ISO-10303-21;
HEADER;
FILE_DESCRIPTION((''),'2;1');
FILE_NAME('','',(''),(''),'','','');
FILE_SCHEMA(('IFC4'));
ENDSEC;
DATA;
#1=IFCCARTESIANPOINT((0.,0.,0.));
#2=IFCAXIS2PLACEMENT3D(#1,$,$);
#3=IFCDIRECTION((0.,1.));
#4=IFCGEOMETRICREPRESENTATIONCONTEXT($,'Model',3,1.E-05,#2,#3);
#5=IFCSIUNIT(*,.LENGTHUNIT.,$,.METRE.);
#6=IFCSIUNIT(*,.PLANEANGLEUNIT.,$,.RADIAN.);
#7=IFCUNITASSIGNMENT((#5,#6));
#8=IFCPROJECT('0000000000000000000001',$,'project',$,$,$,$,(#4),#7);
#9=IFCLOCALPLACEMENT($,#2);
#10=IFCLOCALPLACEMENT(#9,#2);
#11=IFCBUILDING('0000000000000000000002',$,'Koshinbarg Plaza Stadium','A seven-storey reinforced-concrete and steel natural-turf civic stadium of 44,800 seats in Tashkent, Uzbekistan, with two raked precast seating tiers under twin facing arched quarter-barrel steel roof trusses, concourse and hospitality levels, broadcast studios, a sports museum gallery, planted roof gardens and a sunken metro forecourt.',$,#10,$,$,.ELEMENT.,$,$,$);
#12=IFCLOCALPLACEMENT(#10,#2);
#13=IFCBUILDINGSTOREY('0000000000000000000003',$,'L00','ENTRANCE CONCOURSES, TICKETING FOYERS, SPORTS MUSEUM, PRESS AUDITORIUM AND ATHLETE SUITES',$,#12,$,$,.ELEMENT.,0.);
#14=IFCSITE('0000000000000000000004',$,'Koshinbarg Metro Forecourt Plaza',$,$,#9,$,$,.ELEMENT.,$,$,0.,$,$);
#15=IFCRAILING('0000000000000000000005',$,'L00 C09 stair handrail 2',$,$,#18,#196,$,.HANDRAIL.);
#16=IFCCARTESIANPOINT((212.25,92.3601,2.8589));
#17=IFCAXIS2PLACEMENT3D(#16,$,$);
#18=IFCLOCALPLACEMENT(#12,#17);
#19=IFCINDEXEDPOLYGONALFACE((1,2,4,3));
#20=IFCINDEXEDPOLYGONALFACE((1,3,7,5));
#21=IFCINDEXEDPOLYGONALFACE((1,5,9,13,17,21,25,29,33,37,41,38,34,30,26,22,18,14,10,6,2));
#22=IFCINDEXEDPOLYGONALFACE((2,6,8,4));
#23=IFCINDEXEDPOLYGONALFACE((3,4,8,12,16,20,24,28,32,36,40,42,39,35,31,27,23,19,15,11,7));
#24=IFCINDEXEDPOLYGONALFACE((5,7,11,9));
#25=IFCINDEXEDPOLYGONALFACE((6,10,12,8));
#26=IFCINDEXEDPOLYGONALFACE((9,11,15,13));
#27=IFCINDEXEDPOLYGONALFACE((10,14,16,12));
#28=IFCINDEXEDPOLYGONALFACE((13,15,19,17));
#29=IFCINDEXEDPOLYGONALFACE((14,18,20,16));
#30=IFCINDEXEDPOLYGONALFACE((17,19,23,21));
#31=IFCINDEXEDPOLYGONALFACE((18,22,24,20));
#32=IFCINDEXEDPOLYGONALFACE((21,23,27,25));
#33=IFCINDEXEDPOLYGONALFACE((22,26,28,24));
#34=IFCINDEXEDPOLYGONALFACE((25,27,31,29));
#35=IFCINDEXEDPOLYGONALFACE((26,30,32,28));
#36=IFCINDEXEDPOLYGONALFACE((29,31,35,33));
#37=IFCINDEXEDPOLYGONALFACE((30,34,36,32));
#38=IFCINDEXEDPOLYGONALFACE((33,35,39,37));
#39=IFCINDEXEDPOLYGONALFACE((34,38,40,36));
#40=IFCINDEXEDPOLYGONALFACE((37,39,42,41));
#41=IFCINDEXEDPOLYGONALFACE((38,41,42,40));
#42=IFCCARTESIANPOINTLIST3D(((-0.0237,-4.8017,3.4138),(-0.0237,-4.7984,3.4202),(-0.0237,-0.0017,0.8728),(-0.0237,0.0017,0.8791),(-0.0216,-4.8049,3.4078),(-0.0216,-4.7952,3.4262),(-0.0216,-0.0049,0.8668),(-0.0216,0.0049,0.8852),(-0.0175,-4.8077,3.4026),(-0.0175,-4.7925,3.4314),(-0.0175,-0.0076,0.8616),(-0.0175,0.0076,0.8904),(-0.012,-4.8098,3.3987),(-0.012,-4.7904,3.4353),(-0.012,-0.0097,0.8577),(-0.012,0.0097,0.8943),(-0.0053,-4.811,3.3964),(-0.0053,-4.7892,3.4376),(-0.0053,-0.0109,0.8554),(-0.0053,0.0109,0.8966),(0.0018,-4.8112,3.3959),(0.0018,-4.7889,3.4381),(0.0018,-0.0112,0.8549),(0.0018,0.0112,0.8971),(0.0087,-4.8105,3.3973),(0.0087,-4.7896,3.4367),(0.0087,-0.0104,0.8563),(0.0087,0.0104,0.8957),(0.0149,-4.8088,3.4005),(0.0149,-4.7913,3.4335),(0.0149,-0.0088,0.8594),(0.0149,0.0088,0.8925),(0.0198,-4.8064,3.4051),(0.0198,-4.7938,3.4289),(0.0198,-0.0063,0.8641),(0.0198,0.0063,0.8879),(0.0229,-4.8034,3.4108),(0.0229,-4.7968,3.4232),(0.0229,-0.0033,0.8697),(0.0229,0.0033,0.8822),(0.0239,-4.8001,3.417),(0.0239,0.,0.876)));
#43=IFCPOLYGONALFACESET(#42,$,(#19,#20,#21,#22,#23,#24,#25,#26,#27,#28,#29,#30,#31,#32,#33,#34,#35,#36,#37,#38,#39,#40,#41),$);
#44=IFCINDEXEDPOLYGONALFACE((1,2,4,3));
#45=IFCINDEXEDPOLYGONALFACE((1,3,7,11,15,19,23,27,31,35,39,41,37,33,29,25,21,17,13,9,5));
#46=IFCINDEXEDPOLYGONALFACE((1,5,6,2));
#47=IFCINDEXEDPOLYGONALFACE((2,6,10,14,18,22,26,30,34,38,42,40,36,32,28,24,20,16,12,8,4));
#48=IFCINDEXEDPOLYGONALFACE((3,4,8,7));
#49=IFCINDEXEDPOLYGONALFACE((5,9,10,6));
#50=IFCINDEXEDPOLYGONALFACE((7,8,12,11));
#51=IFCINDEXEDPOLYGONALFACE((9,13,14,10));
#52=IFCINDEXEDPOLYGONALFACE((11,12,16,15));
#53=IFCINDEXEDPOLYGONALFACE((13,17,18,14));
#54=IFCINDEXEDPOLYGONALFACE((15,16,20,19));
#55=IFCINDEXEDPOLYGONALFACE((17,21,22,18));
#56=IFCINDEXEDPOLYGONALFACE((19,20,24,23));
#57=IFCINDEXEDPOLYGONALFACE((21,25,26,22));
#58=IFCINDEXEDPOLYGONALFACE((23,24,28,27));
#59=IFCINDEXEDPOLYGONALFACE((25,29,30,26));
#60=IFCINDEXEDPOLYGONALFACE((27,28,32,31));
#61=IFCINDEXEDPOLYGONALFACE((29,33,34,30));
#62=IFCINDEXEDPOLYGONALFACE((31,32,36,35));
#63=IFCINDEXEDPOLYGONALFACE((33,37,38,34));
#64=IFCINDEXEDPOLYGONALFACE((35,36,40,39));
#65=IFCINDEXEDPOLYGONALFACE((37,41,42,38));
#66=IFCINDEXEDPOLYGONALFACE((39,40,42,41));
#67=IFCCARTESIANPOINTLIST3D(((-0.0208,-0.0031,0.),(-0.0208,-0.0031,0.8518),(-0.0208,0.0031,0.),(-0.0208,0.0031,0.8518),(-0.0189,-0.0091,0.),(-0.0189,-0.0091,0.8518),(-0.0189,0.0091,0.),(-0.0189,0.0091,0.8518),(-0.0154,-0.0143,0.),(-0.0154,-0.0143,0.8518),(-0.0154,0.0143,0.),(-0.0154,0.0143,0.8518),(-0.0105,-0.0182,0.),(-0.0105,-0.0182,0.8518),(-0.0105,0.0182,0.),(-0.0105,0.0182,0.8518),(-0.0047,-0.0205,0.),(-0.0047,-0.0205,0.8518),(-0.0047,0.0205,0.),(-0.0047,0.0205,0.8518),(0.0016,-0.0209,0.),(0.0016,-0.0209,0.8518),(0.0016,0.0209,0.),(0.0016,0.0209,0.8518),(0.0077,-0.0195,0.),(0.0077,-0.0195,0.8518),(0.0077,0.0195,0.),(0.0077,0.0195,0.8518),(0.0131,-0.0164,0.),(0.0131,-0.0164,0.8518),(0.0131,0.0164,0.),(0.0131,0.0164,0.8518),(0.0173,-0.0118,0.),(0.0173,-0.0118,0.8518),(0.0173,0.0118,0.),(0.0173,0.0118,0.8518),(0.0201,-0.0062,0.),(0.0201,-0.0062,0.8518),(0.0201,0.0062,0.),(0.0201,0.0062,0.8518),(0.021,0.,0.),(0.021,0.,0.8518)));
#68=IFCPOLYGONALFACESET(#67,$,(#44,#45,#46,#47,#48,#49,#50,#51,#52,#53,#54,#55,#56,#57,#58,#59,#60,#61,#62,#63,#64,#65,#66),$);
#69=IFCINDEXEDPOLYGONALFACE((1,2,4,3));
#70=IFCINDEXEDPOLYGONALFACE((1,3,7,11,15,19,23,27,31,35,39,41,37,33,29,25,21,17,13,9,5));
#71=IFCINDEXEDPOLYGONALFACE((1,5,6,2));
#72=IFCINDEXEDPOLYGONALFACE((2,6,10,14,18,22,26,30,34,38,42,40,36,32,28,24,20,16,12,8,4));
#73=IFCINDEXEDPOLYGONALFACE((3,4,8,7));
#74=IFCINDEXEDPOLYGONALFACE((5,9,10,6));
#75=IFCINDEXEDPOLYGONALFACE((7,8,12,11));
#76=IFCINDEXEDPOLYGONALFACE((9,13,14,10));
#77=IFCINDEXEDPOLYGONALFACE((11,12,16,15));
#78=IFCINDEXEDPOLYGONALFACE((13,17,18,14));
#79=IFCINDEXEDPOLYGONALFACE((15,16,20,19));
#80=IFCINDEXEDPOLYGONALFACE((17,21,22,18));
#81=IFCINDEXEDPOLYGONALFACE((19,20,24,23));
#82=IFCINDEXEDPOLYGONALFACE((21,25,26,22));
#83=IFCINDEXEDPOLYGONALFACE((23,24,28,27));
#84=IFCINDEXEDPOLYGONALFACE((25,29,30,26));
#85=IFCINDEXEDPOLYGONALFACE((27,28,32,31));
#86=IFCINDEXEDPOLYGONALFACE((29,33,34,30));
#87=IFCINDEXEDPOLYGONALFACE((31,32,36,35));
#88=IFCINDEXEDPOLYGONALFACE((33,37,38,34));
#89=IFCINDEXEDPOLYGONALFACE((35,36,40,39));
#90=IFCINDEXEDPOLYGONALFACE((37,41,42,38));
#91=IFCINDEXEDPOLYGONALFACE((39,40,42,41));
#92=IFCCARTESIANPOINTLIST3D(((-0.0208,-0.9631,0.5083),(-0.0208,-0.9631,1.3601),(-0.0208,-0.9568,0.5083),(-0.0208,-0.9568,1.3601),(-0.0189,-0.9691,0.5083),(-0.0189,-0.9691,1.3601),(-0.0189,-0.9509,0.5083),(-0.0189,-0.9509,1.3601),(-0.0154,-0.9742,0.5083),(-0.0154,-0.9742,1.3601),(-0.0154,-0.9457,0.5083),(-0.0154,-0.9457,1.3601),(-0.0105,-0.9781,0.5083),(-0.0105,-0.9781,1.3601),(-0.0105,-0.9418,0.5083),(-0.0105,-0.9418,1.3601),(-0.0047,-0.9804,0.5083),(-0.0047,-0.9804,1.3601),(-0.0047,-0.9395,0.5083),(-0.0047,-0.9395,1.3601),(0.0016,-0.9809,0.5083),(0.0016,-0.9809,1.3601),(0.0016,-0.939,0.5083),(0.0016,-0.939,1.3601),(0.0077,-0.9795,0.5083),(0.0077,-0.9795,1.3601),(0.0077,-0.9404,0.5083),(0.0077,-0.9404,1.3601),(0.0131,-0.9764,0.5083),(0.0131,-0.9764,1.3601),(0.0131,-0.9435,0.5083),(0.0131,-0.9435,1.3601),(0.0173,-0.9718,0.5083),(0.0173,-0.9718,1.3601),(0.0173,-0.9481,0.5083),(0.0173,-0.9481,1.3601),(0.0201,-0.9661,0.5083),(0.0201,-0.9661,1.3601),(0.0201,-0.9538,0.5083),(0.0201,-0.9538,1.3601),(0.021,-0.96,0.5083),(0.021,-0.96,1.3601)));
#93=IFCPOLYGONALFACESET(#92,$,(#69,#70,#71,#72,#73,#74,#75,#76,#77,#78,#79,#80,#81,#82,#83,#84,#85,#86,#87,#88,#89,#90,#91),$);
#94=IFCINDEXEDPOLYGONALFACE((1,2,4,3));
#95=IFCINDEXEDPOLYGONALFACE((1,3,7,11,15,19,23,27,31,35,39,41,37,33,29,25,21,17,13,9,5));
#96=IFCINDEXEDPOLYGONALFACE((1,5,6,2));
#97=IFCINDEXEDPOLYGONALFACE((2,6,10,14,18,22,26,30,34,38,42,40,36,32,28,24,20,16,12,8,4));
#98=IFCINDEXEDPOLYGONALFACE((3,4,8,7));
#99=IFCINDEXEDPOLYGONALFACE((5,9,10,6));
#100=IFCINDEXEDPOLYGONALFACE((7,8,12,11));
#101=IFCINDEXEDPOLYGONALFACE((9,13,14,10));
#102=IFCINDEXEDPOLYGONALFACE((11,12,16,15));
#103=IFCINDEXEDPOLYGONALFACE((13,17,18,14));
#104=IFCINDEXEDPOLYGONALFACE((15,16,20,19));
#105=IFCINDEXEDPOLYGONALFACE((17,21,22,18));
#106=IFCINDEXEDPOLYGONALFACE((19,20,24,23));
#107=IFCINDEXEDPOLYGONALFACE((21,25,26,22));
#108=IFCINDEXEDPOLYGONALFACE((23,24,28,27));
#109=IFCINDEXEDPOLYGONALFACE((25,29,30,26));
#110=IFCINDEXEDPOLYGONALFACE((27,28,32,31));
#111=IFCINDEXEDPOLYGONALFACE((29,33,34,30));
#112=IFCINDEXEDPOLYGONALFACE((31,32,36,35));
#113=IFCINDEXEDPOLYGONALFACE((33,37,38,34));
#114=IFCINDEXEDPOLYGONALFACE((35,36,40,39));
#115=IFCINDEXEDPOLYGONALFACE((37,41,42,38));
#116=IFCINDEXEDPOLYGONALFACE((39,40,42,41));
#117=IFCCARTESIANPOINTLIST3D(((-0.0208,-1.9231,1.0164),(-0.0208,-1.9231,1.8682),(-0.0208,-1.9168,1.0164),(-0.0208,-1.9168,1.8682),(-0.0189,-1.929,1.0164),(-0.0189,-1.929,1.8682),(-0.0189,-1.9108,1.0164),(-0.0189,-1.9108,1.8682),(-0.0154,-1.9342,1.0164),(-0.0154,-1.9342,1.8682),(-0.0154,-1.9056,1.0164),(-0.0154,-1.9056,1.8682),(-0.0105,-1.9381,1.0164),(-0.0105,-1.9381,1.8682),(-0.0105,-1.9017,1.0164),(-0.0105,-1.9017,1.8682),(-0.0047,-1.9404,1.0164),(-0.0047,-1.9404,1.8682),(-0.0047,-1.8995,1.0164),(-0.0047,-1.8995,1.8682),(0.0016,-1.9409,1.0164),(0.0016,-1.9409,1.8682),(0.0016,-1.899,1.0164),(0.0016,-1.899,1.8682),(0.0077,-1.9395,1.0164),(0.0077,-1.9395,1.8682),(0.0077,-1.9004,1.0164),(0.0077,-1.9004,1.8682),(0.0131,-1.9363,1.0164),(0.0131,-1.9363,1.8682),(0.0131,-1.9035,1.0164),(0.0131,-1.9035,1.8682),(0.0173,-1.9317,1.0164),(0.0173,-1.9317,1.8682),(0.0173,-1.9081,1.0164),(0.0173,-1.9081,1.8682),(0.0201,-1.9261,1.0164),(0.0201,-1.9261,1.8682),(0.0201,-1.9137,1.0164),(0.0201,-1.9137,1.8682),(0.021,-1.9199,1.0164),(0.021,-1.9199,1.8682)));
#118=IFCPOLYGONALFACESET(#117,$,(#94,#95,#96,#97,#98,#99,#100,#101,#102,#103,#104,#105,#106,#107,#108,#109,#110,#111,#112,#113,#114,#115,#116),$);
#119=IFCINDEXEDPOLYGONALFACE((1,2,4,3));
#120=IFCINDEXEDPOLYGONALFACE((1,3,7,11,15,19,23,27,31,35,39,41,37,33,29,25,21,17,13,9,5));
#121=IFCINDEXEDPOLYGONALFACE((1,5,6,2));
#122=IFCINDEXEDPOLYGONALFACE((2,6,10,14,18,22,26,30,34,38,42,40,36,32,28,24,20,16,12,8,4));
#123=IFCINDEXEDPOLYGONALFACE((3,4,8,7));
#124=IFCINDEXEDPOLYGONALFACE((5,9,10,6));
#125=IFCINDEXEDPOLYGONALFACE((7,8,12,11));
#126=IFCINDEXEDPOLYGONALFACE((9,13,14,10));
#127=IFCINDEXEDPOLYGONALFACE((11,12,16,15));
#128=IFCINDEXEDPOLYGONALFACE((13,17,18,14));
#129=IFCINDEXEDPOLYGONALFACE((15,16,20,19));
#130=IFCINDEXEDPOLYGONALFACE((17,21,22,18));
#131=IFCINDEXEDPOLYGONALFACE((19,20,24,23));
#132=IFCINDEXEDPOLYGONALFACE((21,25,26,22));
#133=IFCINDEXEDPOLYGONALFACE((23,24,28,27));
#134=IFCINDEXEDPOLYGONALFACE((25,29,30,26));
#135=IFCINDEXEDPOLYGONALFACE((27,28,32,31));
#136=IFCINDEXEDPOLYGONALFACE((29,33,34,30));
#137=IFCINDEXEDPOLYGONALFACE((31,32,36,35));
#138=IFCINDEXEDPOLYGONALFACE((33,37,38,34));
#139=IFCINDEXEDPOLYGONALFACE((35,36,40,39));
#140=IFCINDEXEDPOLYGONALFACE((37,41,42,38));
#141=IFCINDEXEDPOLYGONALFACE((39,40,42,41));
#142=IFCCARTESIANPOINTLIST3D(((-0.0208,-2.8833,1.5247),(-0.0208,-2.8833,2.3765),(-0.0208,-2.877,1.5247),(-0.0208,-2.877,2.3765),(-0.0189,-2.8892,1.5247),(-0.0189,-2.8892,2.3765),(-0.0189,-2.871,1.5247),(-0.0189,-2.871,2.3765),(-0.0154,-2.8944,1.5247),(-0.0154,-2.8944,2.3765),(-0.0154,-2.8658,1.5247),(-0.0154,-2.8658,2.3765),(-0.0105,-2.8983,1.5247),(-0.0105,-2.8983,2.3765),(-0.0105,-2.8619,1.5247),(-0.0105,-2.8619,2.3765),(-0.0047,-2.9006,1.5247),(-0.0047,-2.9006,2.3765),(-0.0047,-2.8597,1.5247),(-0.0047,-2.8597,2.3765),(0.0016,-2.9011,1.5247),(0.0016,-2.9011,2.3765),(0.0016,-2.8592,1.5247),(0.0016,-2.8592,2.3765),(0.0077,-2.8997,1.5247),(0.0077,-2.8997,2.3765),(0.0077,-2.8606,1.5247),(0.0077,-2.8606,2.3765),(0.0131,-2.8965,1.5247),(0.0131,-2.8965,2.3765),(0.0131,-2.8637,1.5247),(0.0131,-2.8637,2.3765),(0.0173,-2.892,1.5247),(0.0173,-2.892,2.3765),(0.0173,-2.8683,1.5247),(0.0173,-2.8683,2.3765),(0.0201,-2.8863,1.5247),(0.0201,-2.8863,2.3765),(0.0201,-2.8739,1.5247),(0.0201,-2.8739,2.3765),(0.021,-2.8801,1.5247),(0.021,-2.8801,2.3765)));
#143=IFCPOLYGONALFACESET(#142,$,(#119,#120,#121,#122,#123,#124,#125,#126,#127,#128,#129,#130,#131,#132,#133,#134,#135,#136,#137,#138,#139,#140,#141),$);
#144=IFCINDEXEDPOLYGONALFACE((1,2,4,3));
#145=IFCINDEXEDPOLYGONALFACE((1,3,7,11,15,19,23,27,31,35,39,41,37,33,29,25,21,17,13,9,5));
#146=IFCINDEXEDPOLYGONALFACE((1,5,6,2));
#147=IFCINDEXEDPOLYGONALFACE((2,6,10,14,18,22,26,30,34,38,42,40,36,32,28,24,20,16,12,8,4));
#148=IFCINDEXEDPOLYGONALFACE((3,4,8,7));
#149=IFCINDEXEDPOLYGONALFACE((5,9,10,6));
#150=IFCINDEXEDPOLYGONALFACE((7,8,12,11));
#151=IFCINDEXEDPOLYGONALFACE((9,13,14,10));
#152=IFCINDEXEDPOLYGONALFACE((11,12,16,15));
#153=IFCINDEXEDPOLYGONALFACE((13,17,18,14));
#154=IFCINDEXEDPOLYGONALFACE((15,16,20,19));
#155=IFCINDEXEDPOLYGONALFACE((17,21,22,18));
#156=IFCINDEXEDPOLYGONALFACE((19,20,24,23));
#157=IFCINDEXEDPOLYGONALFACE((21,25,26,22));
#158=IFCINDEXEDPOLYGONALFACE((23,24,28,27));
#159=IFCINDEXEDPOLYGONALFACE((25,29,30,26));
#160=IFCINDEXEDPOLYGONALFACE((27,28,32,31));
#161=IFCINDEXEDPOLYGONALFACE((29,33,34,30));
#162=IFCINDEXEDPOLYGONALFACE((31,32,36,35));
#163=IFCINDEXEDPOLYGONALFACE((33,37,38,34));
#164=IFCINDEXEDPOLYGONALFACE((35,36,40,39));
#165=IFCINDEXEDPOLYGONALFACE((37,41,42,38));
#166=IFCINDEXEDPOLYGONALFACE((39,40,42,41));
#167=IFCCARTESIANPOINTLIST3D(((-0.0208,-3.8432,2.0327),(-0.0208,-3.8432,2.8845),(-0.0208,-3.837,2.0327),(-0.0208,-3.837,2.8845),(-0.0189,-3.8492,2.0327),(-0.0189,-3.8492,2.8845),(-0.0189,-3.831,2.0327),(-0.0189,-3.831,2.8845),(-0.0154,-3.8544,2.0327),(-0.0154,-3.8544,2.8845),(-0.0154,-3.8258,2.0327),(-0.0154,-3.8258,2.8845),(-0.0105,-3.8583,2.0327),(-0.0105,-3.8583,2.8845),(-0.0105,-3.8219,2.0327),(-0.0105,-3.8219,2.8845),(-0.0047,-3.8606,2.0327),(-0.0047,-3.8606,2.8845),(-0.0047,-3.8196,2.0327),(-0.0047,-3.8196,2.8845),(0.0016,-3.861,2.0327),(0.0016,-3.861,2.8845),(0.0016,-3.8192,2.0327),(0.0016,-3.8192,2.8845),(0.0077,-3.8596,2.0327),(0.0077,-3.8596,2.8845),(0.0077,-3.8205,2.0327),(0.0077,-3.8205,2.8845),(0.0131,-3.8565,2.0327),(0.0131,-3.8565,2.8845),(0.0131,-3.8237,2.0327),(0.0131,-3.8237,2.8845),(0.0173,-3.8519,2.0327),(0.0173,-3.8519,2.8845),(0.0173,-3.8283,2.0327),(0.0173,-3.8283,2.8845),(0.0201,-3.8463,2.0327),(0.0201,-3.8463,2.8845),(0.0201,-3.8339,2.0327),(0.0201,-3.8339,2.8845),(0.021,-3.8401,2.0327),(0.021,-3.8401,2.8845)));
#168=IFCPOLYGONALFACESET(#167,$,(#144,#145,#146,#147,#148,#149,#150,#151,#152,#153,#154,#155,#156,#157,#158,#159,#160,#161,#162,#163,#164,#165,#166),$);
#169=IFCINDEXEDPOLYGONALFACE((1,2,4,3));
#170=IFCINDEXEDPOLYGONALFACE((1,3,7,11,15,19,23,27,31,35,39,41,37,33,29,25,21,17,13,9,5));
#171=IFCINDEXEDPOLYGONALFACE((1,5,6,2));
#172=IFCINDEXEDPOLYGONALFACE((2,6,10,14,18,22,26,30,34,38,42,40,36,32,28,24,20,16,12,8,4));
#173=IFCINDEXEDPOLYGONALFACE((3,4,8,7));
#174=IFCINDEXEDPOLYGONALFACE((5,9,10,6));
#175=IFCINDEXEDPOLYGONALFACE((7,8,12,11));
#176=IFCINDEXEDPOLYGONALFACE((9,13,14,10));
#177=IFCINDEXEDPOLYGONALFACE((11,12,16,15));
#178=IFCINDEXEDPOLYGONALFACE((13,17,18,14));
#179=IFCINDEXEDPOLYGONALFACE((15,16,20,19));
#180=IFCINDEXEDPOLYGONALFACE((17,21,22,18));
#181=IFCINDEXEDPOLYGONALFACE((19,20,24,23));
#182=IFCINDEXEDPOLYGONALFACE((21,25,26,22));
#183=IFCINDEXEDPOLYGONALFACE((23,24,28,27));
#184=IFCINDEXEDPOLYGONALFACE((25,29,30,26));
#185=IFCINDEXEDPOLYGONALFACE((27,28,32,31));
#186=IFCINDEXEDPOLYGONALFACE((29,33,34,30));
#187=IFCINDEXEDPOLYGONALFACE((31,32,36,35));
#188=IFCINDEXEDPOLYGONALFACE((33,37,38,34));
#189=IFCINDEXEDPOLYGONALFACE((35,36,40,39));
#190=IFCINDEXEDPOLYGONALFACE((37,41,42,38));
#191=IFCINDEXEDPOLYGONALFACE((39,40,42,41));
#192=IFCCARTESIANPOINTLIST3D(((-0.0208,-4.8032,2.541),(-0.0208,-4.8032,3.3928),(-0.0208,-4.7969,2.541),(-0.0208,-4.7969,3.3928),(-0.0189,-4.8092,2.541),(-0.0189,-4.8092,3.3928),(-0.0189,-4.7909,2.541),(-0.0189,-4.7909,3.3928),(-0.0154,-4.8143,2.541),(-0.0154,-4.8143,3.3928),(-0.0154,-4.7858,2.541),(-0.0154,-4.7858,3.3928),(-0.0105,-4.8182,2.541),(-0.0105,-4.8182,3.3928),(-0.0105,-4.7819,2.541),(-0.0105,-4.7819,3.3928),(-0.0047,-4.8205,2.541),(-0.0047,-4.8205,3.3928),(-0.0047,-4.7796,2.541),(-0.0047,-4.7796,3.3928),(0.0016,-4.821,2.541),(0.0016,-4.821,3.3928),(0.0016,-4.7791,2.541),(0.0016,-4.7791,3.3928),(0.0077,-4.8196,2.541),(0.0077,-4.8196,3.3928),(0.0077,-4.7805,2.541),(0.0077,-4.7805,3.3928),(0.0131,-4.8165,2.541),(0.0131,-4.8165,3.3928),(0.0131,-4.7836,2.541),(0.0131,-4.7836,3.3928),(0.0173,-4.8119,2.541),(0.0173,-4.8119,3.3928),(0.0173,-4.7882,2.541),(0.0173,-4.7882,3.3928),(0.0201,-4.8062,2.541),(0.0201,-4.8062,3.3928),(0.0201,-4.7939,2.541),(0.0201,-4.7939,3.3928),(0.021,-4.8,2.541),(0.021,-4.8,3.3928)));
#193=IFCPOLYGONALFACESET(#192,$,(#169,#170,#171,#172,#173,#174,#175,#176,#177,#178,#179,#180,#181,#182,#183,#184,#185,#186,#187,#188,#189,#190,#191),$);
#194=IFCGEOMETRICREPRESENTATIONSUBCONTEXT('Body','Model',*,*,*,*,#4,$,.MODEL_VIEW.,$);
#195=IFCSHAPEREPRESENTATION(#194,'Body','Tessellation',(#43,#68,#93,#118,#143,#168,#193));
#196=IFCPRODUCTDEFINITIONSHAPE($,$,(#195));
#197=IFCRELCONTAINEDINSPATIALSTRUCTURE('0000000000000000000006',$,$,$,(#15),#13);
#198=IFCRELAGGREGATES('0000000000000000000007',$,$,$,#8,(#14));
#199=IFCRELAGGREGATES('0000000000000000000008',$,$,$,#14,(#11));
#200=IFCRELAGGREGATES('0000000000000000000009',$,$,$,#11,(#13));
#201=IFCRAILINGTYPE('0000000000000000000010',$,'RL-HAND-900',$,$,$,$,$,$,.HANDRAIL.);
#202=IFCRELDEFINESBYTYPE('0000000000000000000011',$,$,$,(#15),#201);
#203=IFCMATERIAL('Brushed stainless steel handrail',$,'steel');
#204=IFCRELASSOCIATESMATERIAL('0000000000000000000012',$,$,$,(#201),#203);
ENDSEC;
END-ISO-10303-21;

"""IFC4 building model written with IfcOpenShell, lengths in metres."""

from ifc_helpers import new_model, si_unit, direction, frame, origin, origin_2d, place, context, subcontext, project, spatial, circle, extrude, material, type_object, element, save


model = new_model("IFC4")

# Units and contexts
model_context = context("Model", 3, precision=1e-05, world=origin(), true_north=direction((0.0, 1.0)))
body_context = subcontext(model_context, "Body", "Model", "MODEL_VIEW")
ifc_project = project(units=[si_unit("LENGTHUNIT", "METRE"), si_unit("PLANEANGLEUNIT", "RADIAN")], contexts=[model_context])

# Site, building, storey
site_placement = place(None, origin())
site = spatial("IfcSite", under=ifc_project, at=site_placement, Name="Koshinbarg Metro Forecourt Plaza", CompositionType="ELEMENT", RefElevation=0.0)
building_placement = place(site_placement, origin())
building = spatial("IfcBuilding", under=site, at=building_placement, Name="Koshinbarg Plaza Stadium", Description="A seven-storey reinforced-concrete and steel natural-turf civic stadium of 44,800 seats in Tashkent, Uzbekistan, with two raked precast seating tiers under twin facing arched quarter-barrel steel roof trusses, concourse and hospitality levels, broadcast studios, a sports museum gallery, planted roof gardens and a sunken metro forecourt.", CompositionType="ELEMENT")
storey_placement = place(building_placement, origin())
storey = spatial("IfcBuildingStorey", under=building, at=storey_placement, Name="L00", Description="ENTRANCE CONCOURSES, TICKETING FOYERS, SPORTS MUSEUM, PRESS AUDITORIUM AND ATHLETE SUITES", CompositionType="ELEMENT", Elevation=0.0)

# Railing
ifc_material_1 = material(Name="Brushed stainless steel handrail", Category="steel")
railing_type_1 = type_object("IfcRailingType", Name="RL-HAND-900", PredefinedType="HANDRAIL", material=ifc_material_1)
railing_1_placement = place(storey_placement, frame((212.25, 92.3601, 2.8589)))
element("IfcRailing", 1, at=railing_1_placement, inside=storey, type_object=railing_type_1, Name="L00 C09 stair handrail 2", PredefinedType="HANDRAIL", context=body_context, shape_type="SweptSolid", body=[
    extrude(circle(Radius=0.0239, at=origin_2d()), frame((0.0, 0.0, 0.876), z_axis=(0.0, -0.883802, 0.467861), x_axis=(1.0, 0.0, 0.0)), (0.0, 0.0, 1.0), 5.4312),
    extrude(circle(Radius=0.021, at=origin_2d()), origin(), (0.0, 0.0, 1.0), 0.8518),
    extrude(circle(Radius=0.021, at=origin_2d()), frame((0.0, -0.96, 0.5083)), (0.0, 0.0, 1.0), 0.8518),
    extrude(circle(Radius=0.021, at=origin_2d()), frame((0.0, -1.9199, 1.0164)), (0.0, 0.0, 1.0), 0.8518),
    extrude(circle(Radius=0.021, at=origin_2d()), frame((0.0, -2.8801, 1.5247)), (0.0, 0.0, 1.0), 0.8518),
    extrude(circle(Radius=0.021, at=origin_2d()), frame((0.0, -3.8401, 2.0327)), (0.0, 0.0, 1.0), 0.8518),
    extrude(circle(Radius=0.021, at=origin_2d()), frame((0.0, -4.8, 2.541)), (0.0, 0.0, 1.0), 0.8518),
])

save(model, "model.ifc")
